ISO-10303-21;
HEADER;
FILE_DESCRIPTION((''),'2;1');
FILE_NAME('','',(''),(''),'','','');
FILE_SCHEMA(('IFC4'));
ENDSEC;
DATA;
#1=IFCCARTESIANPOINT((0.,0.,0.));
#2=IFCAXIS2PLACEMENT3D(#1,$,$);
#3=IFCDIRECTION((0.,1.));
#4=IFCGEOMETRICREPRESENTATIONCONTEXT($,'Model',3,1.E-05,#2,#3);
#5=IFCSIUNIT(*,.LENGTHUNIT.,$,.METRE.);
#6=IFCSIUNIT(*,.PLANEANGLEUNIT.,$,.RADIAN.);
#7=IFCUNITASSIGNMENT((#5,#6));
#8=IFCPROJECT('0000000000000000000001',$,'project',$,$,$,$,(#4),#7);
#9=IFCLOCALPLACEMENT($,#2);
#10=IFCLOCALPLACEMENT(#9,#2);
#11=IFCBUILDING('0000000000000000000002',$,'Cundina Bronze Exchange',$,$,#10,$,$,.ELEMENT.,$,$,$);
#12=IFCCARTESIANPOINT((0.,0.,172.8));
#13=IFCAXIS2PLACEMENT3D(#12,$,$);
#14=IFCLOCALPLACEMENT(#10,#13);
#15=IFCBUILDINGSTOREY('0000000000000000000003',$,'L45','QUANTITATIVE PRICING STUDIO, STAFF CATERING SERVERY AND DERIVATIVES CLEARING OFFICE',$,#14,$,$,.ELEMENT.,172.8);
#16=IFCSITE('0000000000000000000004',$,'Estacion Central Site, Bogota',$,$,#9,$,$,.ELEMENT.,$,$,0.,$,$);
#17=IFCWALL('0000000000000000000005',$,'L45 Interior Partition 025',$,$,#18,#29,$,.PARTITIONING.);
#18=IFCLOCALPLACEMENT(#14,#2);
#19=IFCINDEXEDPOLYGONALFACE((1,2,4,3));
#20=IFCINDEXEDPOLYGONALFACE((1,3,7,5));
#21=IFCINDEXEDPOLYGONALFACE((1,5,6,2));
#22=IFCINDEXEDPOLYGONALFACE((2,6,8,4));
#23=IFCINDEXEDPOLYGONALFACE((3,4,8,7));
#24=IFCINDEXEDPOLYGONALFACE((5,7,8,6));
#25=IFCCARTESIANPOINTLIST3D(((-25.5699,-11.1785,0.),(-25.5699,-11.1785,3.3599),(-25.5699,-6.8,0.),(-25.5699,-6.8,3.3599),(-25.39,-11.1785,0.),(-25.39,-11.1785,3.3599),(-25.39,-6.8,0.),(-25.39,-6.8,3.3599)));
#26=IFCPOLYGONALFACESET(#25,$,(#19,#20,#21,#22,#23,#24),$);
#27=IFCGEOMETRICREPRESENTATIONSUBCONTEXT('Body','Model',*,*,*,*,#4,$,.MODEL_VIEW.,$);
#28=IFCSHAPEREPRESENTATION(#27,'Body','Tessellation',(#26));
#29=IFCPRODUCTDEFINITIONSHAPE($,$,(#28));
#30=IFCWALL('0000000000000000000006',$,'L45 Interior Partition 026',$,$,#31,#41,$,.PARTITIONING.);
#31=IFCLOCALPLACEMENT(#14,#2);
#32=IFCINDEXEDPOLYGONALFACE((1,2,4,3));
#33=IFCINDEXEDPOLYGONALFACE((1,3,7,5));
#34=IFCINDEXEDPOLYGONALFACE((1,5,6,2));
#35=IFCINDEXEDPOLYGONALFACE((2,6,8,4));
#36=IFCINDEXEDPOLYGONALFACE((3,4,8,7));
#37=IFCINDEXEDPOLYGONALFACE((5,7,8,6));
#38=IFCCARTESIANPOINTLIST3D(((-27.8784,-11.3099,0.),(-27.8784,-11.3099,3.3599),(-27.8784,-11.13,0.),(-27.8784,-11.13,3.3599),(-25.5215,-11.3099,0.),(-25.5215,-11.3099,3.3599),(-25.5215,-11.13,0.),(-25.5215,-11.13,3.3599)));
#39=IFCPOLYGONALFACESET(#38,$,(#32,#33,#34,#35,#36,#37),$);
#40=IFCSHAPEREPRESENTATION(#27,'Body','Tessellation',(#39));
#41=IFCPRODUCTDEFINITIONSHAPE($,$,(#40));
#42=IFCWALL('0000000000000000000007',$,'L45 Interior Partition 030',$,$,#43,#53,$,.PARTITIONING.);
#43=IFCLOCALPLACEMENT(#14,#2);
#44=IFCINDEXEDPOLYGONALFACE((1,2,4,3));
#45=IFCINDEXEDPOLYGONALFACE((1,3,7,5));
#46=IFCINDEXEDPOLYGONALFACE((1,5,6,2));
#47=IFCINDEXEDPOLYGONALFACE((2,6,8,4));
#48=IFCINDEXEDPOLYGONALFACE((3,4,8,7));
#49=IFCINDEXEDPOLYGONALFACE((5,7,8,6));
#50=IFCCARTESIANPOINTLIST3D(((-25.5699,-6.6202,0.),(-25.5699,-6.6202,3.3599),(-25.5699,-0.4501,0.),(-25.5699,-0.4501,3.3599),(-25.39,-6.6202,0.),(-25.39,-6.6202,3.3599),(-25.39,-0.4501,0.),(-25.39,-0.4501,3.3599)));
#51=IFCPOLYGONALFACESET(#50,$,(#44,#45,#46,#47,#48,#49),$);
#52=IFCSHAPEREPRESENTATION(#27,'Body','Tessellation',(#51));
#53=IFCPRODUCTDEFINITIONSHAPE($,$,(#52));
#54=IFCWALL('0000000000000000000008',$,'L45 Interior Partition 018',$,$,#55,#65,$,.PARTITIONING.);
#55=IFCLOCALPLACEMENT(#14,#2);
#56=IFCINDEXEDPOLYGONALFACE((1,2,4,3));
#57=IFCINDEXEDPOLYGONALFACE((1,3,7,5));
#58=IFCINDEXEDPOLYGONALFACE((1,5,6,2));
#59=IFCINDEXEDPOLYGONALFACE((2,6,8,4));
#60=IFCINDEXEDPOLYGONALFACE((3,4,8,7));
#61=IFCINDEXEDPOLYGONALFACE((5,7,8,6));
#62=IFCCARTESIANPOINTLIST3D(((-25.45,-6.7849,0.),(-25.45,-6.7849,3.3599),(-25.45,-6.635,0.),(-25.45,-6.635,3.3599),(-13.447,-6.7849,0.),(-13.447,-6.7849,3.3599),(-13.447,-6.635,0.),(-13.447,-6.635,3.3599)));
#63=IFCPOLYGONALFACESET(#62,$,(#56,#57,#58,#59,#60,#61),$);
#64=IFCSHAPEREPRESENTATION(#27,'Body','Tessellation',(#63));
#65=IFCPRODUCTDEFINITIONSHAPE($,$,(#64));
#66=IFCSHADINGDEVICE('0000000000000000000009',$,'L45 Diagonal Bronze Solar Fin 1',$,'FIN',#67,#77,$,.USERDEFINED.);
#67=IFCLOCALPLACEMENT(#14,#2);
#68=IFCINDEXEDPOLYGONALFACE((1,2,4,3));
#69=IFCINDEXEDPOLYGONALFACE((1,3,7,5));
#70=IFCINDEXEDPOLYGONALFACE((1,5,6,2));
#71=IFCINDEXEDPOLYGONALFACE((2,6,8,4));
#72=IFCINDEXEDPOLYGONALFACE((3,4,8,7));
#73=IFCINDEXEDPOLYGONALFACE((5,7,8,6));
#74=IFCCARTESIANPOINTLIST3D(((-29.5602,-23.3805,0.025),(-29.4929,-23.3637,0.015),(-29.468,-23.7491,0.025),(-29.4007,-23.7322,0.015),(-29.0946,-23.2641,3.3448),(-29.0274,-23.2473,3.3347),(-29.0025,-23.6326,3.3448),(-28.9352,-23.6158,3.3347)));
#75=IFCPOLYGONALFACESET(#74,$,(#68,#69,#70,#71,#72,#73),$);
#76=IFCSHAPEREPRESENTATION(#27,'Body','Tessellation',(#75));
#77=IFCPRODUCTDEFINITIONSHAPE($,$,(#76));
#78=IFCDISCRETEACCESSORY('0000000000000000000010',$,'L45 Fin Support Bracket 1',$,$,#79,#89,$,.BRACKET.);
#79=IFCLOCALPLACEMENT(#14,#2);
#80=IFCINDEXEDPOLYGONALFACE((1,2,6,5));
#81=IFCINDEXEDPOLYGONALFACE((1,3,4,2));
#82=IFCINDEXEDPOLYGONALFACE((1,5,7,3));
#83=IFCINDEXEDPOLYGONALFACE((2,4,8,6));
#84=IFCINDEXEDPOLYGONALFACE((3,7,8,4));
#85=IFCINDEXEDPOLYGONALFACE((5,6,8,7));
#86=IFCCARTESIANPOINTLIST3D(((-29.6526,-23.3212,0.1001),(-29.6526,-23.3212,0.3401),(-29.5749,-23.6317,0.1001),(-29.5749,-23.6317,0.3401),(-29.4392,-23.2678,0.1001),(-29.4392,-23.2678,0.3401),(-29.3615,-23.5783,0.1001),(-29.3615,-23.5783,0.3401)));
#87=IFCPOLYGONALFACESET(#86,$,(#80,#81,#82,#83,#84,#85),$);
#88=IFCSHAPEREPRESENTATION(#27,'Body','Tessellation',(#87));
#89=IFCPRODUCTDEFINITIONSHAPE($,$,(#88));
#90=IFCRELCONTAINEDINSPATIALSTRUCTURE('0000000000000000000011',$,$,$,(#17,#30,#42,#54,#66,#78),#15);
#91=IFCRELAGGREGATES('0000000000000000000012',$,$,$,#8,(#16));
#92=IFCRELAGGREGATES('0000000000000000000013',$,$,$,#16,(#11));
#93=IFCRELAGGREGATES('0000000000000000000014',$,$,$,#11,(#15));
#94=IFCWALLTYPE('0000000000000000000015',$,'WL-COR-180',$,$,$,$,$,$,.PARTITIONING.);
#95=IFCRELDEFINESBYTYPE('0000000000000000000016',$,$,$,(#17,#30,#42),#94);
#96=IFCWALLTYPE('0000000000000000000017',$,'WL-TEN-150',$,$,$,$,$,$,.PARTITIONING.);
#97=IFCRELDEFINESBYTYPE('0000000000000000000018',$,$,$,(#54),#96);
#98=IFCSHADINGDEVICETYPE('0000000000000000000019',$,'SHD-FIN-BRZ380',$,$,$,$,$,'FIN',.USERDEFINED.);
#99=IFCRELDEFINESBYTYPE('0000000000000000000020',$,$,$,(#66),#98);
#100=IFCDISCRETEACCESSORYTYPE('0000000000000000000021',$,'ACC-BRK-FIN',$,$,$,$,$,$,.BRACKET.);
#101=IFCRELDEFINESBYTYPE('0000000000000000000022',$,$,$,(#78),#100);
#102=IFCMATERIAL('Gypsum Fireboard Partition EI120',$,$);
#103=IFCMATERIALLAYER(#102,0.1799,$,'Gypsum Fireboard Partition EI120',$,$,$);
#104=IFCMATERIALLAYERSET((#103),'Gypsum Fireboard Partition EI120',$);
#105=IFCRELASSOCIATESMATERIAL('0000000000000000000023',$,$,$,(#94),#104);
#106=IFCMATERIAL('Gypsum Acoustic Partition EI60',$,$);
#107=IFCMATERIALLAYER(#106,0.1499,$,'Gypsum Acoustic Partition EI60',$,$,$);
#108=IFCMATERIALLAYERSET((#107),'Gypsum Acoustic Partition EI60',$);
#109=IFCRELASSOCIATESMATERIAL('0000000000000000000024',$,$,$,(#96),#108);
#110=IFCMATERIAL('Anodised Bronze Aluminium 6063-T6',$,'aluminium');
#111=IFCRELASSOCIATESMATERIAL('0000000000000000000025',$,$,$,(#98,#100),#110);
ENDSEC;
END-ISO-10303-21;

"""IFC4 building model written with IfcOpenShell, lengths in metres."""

from ifc_helpers import new_model, si_unit, direction, frame, frame_2d, origin, origin_2d, place, context, subcontext, project, spatial, rectangle, extrude, material, layer, layer_set, material_profile, profile_set, type_object, element, save


model = new_model("IFC4")

# Units and contexts
model_context = context("Model", 3, precision=1e-05, world=origin(), true_north=direction((0.0, 1.0)))
body_context = subcontext(model_context, "Body", "Model", "MODEL_VIEW")
ifc_project = project(units=[si_unit("LENGTHUNIT", "METRE"), si_unit("PLANEANGLEUNIT", "RADIAN")], contexts=[model_context])

# Site, building, storey
site_placement = place(None, origin())
site = spatial("IfcSite", under=ifc_project, at=site_placement, Name="Estacion Central Site, Bogota", CompositionType="ELEMENT", RefElevation=0.0)
building_placement = place(site_placement, origin())
building = spatial("IfcBuilding", under=site, at=building_placement, Name="Cundina Bronze Exchange", CompositionType="ELEMENT")
storey_placement = place(building_placement, frame((0.0, 0.0, 172.8)))
storey = spatial("IfcBuildingStorey", under=building, at=storey_placement, Name="L45", Description="QUANTITATIVE PRICING STUDIO, STAFF CATERING SERVERY AND DERIVATIVES CLEARING OFFICE", CompositionType="ELEMENT", Elevation=172.8)

# Shared definitions
ifc_material_1 = material(Name="Anodised Bronze Aluminium 6063-T6", Category="aluminium")

# Shared definitions
ifc_material_2 = material(Name="Gypsum Fireboard Partition EI120")
ifc_layer_1 = layer(ifc_material_2, 0.1799, Name="Gypsum Fireboard Partition EI120")
ifc_layer_set_1 = layer_set([ifc_layer_1], Name="Gypsum Fireboard Partition EI120")
wall_type_1 = type_object("IfcWallType", Name="WL-COR-180", PredefinedType="PARTITIONING", material=ifc_layer_set_1)

# Walls
wall_1_placement = place(storey_placement, frame((-25.48, -11.1785, 0.0), z_axis=(0.0, 0.0, 1.0), x_axis=(0.0, 1.0, 0.0)))
element("IfcWall", 1, at=wall_1_placement, inside=storey, type_object=wall_type_1, Name="L45 Interior Partition 025", PredefinedType="PARTITIONING", context=body_context, shape_type="SweptSolid", body=[
    extrude(rectangle(XDim=4.3784, YDim=0.1799, at=frame_2d((2.1892, 0.0))), origin(), (0.0, 0.0, 1.0), 3.3599),
])
wall_2_placement = place(storey_placement, frame((-27.8784, -11.22, 0.0), z_axis=(0.0, 0.0, 1.0), x_axis=(1.0, 0.0, 0.0)))
element("IfcWall", 2, at=wall_2_placement, inside=storey, type_object=wall_type_1, Name="L45 Interior Partition 026", PredefinedType="PARTITIONING", context=body_context, shape_type="SweptSolid", body=[
    extrude(rectangle(XDim=2.3569, YDim=0.1799, at=frame_2d((1.1785, 0.0))), origin(), (0.0, 0.0, 1.0), 3.3599),
])
wall_3_placement = place(storey_placement, frame((-25.48, -6.6201, 0.0), z_axis=(0.0, 0.0, 1.0), x_axis=(0.0, 1.0, 0.0)))
element("IfcWall", 3, at=wall_3_placement, inside=storey, type_object=wall_type_1, Name="L45 Interior Partition 030", PredefinedType="PARTITIONING", context=body_context, shape_type="SweptSolid", body=[
    extrude(rectangle(XDim=6.1702, YDim=0.1799, at=frame_2d((3.085, 0.0))), origin(), (0.0, 0.0, 1.0), 3.3599),
])
ifc_material_3 = material(Name="Gypsum Acoustic Partition EI60")
ifc_layer_2 = layer(ifc_material_3, 0.1499, Name="Gypsum Acoustic Partition EI60")
ifc_layer_set_2 = layer_set([ifc_layer_2], Name="Gypsum Acoustic Partition EI60")
wall_type_2 = type_object("IfcWallType", Name="WL-TEN-150", PredefinedType="PARTITIONING", material=ifc_layer_set_2)
wall_4_placement = place(storey_placement, frame((-25.45, -6.71, 0.0), z_axis=(0.0, 0.0, 1.0), x_axis=(1.0, 0.0, 0.0)))
element("IfcWall", 4, at=wall_4_placement, inside=storey, type_object=wall_type_2, Name="L45 Interior Partition 018", PredefinedType="PARTITIONING", context=body_context, shape_type="SweptSolid", body=[
    extrude(rectangle(XDim=12.0029, YDim=0.1499, at=frame_2d((6.0015, 0.0))), origin(), (0.0, 0.0, 1.0), 3.3599),
])

# Shading device
ifc_material_profile_1 = material_profile(ifc_material_1, rectangle(XDim=0.0701, YDim=0.3799, at=origin_2d()), Name="FIN70X380", Category="aluminium")
ifc_profile_set_1 = profile_set([ifc_material_profile_1], Name="Anodised Bronze Aluminium 6063-T6")
shading_device_type = type_object("IfcShadingDeviceType", Name="SHD-FIN-BRZ380", ElementType="FIN", PredefinedType="USERDEFINED", material=ifc_profile_set_1)
shading_device_placement = place(storey_placement, frame((-29.4805, -23.5564, 0.02), z_axis=(0.138798, 0.034718, 0.989712), x_axis=(-0.960132, -0.240159, 0.143075)))
element("IfcShadingDevice", 5, at=shading_device_placement, inside=storey, type_object=shading_device_type, Name="L45 Diagonal Bronze Solar Fin 1", ObjectType="FIN", PredefinedType="USERDEFINED", context=body_context, shape_type="SweptSolid", body=[
    extrude(rectangle(XDim=0.0701, YDim=0.3799, at=origin_2d()), origin(), (0.0, 0.0, 1.0), 3.3542),
])

# Discrete accessory
discrete_accessory_type = type_object("IfcDiscreteAccessoryType", Name="ACC-BRK-FIN", PredefinedType="BRACKET", material=ifc_material_1)
discrete_accessory_placement = place(storey_placement, frame((-29.5071, -23.4497, 0.1001), z_axis=(0.0, 0.0, 1.0), x_axis=(0.970093, 0.242735, 0.0)))
element("IfcDiscreteAccessory", 6, at=discrete_accessory_placement, inside=storey, type_object=discrete_accessory_type, Name="L45 Fin Support Bracket 1", PredefinedType="BRACKET", context=body_context, shape_type="SweptSolid", body=[
    extrude(rectangle(XDim=0.22, YDim=0.3201, at=origin_2d()), origin(), (0.0, 0.0, 1.0), 0.24),
])

save(model, "model.ifc")
